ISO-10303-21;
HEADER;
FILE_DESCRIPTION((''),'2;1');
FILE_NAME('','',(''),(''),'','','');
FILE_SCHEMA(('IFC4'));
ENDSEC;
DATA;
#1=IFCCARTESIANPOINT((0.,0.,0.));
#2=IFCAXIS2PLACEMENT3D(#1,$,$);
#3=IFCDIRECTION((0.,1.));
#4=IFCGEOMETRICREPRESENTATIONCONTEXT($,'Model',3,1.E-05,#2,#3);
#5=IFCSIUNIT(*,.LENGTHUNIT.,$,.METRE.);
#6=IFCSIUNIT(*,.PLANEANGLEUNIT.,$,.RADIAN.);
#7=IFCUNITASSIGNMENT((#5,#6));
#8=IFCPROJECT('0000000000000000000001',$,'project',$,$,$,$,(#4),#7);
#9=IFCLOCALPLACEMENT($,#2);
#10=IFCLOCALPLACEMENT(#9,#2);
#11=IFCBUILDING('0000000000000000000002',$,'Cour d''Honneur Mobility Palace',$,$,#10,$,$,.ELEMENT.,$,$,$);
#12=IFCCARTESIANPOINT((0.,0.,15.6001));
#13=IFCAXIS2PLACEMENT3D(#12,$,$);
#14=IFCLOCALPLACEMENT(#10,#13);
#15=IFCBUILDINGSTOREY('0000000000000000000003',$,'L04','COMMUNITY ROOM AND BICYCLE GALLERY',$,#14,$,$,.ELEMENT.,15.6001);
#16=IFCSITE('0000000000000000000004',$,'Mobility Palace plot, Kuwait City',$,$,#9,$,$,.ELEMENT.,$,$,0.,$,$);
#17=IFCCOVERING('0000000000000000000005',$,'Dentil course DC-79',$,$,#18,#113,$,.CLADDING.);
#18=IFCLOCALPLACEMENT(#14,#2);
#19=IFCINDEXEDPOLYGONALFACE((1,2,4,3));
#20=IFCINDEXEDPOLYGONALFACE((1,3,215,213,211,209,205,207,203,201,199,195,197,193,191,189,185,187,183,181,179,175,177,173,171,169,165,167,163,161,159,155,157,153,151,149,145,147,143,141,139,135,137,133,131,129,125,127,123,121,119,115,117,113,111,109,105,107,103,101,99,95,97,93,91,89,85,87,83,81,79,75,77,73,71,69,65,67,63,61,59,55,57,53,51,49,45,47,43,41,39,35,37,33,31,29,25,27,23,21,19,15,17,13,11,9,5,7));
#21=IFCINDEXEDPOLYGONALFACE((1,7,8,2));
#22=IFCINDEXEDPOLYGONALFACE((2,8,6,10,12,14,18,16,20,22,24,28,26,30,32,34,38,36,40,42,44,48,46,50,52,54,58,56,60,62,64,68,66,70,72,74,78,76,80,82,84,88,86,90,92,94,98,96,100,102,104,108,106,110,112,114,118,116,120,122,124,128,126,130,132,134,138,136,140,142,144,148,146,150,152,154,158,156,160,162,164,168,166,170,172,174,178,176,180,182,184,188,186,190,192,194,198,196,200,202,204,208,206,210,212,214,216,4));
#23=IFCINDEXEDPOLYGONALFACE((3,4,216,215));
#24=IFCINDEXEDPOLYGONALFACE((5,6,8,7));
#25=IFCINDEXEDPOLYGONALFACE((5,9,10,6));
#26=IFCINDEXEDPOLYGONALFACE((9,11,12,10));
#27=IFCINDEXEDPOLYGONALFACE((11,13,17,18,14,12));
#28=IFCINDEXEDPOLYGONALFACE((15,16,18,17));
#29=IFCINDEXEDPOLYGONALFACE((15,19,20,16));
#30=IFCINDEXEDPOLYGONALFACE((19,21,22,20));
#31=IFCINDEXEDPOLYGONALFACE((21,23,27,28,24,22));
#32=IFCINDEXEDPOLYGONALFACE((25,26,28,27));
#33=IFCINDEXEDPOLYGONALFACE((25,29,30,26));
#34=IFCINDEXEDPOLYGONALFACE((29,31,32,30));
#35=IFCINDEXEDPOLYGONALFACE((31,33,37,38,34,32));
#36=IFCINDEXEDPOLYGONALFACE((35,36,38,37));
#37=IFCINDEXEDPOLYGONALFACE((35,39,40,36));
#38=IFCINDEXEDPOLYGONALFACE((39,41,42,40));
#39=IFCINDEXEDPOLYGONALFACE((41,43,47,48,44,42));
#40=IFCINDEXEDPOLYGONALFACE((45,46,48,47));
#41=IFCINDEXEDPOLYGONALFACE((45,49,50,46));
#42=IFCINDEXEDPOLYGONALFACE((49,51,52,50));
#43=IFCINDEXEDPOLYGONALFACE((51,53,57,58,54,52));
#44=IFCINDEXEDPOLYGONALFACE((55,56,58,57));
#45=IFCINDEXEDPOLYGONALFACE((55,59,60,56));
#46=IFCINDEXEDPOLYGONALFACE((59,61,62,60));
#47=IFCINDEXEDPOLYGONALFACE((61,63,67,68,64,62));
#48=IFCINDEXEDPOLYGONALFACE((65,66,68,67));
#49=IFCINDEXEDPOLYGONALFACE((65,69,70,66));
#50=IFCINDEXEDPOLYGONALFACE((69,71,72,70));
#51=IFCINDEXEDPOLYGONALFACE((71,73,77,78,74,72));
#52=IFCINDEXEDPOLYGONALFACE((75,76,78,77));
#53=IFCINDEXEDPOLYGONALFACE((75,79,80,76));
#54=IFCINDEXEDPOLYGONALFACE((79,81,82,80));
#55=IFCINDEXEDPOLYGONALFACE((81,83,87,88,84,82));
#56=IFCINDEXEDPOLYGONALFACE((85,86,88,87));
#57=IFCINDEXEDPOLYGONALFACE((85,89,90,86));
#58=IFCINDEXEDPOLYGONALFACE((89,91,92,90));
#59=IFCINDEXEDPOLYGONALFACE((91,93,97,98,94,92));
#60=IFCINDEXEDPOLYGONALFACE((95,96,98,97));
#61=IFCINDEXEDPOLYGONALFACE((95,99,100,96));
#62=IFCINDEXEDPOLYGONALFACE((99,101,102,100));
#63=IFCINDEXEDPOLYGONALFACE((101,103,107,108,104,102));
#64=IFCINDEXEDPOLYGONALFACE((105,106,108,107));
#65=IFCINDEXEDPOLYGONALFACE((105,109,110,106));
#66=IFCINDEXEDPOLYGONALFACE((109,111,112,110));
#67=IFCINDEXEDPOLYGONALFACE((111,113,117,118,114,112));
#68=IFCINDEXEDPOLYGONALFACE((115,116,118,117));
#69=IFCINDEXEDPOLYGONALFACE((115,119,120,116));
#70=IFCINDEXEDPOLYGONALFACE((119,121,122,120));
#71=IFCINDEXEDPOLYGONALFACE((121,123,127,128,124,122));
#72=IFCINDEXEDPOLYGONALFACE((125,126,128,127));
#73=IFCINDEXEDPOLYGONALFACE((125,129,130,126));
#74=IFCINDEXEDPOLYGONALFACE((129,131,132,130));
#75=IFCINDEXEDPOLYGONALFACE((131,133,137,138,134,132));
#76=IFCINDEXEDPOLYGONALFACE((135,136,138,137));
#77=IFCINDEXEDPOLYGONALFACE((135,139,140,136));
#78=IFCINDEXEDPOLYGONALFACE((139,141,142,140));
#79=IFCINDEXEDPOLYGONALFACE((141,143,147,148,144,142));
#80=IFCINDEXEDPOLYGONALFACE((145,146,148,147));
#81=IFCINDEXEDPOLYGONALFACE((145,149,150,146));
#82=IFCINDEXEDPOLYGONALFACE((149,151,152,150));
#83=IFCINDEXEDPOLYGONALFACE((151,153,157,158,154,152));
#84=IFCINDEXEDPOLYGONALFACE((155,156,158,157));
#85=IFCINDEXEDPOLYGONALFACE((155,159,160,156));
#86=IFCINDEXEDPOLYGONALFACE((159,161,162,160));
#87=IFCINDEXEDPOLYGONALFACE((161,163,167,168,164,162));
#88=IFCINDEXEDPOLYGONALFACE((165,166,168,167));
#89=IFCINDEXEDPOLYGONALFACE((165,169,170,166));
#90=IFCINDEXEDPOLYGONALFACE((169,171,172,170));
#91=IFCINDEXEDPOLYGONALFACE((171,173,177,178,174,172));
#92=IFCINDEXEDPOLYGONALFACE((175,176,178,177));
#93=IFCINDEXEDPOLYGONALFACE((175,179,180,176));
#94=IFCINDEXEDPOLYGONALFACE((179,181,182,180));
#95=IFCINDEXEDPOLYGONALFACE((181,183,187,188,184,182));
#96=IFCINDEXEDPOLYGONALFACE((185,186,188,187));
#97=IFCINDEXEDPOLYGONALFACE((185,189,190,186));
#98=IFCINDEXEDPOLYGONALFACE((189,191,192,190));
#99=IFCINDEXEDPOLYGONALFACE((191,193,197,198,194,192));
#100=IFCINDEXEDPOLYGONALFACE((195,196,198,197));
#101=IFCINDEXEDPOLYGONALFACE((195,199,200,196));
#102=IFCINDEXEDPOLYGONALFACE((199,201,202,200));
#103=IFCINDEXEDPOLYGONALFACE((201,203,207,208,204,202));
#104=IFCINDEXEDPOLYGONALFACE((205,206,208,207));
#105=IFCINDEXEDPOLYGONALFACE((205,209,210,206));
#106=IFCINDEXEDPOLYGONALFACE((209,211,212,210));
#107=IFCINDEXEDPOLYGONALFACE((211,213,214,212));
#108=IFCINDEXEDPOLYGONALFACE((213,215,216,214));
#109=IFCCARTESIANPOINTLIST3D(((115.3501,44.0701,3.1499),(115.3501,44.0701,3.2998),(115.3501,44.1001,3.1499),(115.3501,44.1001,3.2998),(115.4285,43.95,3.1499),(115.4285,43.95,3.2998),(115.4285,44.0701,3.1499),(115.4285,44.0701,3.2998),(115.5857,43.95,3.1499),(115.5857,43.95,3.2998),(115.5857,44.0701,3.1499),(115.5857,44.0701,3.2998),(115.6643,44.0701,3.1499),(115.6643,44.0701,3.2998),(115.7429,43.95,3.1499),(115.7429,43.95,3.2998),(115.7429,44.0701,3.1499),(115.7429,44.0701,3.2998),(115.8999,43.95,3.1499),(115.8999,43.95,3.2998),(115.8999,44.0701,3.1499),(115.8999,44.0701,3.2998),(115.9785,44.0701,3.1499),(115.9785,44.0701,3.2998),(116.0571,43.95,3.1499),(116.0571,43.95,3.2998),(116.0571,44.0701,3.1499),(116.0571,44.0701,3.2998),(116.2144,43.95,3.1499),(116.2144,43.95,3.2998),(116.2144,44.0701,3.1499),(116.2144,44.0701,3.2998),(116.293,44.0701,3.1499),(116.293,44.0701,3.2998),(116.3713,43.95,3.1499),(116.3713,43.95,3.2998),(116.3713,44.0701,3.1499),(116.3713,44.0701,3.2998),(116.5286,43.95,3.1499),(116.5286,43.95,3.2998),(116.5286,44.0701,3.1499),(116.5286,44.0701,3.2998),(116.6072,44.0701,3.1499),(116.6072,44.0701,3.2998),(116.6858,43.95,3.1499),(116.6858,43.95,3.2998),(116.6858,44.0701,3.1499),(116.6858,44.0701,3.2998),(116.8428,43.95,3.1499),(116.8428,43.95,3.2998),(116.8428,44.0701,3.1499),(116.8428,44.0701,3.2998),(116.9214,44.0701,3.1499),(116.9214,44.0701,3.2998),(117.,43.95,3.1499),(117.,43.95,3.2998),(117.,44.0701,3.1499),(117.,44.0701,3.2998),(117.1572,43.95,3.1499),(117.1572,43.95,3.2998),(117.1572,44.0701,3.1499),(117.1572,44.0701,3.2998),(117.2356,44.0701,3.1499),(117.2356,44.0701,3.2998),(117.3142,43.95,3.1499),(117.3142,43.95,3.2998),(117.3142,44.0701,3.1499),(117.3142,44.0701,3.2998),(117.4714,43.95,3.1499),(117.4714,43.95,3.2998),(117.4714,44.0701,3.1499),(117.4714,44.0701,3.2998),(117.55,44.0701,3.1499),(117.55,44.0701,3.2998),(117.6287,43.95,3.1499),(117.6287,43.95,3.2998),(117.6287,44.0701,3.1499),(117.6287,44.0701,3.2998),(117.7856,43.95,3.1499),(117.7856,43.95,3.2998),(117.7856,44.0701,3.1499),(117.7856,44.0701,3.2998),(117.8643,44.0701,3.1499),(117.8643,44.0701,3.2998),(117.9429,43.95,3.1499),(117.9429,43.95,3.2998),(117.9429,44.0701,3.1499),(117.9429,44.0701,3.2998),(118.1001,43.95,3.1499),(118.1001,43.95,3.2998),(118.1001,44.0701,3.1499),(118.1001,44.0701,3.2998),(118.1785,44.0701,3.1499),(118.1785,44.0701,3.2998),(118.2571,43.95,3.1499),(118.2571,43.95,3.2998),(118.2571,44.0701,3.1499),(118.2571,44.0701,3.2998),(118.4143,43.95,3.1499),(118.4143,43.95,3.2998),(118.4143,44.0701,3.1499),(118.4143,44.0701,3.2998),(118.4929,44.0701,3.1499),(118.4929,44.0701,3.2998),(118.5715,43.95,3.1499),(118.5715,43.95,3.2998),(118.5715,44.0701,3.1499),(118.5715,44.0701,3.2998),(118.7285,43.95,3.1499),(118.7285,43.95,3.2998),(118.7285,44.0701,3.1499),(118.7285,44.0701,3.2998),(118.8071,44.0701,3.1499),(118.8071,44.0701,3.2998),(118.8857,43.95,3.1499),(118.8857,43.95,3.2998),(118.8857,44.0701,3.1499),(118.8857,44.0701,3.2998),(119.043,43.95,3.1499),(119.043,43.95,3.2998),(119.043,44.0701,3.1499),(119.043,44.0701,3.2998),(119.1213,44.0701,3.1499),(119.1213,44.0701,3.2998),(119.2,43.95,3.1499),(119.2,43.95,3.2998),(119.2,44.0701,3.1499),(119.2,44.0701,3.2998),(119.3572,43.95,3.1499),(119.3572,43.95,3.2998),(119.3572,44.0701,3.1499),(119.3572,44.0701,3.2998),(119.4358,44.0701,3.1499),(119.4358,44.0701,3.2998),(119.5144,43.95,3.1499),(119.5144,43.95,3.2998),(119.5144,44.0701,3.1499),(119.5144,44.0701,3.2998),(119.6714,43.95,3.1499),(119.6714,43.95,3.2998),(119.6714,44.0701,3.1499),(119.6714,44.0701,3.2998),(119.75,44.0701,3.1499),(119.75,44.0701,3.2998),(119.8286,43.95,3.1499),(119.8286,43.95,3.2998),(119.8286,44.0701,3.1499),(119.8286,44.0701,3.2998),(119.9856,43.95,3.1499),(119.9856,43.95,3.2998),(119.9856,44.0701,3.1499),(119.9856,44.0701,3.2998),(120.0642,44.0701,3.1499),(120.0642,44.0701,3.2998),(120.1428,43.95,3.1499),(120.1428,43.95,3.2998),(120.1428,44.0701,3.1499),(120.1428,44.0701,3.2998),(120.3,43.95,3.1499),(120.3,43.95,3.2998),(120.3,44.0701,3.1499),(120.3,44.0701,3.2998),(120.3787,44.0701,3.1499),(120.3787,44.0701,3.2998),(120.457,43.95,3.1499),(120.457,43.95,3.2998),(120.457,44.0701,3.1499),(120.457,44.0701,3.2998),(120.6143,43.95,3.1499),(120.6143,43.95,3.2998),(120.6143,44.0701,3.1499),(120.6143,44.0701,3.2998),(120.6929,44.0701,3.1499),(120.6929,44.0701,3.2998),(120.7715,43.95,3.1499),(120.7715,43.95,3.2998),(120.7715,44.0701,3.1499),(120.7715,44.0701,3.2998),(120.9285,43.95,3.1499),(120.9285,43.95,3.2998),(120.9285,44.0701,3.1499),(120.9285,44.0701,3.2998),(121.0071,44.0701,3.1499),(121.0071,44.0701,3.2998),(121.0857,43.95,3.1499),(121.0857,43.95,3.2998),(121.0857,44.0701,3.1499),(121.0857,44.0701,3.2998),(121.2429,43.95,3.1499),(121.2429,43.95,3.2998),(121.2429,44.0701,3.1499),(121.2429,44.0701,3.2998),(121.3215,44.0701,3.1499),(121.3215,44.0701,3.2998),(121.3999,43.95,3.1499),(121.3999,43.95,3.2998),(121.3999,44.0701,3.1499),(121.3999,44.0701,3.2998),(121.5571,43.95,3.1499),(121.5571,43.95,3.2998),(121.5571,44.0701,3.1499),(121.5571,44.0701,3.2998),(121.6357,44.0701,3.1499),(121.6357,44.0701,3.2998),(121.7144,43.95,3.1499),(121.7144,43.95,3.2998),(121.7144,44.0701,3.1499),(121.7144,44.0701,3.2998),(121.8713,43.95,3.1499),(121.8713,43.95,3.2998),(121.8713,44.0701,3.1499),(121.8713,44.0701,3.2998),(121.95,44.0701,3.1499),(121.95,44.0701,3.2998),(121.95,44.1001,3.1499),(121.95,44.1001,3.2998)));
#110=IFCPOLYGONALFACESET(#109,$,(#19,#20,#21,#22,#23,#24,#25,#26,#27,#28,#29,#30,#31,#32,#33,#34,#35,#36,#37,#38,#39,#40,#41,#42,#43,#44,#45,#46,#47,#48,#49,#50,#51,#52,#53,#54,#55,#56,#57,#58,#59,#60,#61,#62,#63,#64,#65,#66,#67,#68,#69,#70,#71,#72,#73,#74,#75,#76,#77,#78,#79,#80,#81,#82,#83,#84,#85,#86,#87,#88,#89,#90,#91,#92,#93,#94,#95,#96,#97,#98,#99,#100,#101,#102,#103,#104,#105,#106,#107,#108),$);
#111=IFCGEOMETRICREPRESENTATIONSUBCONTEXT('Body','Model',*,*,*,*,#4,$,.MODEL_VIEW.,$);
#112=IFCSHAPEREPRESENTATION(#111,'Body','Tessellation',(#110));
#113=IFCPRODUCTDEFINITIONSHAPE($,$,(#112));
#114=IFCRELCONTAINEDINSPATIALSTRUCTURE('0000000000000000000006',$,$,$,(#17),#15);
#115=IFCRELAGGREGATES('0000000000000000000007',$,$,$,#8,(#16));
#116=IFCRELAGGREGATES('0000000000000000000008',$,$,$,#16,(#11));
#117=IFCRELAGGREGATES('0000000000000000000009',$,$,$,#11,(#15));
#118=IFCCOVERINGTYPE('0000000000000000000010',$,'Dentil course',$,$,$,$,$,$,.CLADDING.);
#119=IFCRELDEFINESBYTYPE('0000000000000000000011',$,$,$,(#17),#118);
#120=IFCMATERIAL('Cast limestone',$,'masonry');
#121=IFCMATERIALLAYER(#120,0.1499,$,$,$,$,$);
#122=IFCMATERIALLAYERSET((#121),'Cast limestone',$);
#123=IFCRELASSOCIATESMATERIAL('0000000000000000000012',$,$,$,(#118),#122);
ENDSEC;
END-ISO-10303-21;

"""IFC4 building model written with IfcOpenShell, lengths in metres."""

from ifc_helpers import new_model, si_unit, direction, frame, origin, place, context, subcontext, project, spatial, polyline, outline, extrude, material, layer, layer_set, type_object, element, save


model = new_model("IFC4")

# Units and contexts
model_context = context("Model", 3, precision=1e-05, world=origin(), true_north=direction((0.0, 1.0)))
body_context = subcontext(model_context, "Body", "Model", "MODEL_VIEW")
ifc_project = project(units=[si_unit("LENGTHUNIT", "METRE"), si_unit("PLANEANGLEUNIT", "RADIAN")], contexts=[model_context])

# Site, building, storey
site_placement = place(None, origin())
site = spatial("IfcSite", under=ifc_project, at=site_placement, Name="Mobility Palace plot, Kuwait City", CompositionType="ELEMENT", RefElevation=0.0)
building_placement = place(site_placement, origin())
building = spatial("IfcBuilding", under=site, at=building_placement, Name="Cour d'Honneur Mobility Palace", CompositionType="ELEMENT")
storey_placement = place(building_placement, frame((0.0, 0.0, 15.6001)))
storey = spatial("IfcBuildingStorey", under=building, at=storey_placement, Name="L04", Description="COMMUNITY ROOM AND BICYCLE GALLERY", CompositionType="ELEMENT", Elevation=15.6001)

# Covering
ifc_material_1 = material(Name="Cast limestone", Category="masonry")
ifc_layer_1 = layer(ifc_material_1, 0.1499)
ifc_layer_set_1 = layer_set([ifc_layer_1], Name="Cast limestone")
covering_type_1 = type_object("IfcCoveringType", Name="Dentil course", PredefinedType="CLADDING", material=ifc_layer_set_1)
covering_1_placement = place(storey_placement, frame((0.0, 0.0, 3.1499)))
element("IfcCovering", 1, at=covering_1_placement, inside=storey, type_object=covering_type_1, Name="Dentil course DC-79", PredefinedType="CLADDING", context=body_context, shape_type="SweptSolid", body=[
    extrude(outline(polyline([(115.3501, 44.1001), (121.95, 44.1001), (121.95, 44.0701), (121.95, 44.0701), (121.8713, 44.0701), (121.8713, 43.95), (121.7144, 43.95), (121.7144, 44.0701), (121.6357, 44.0701), (121.6357, 44.0701), (121.5571, 44.0701), (121.5571, 43.95), (121.3999, 43.95), (121.3999, 44.0701), (121.3215, 44.0701), (121.3215, 44.0701), (121.2429, 44.0701), (121.2429, 43.95), (121.0857, 43.95), (121.0857, 44.0701), (121.0071, 44.0701), (121.0071, 44.0701), (120.9285, 44.0701), (120.9285, 43.95), (120.7715, 43.95), (120.7715, 44.0701), (120.6929, 44.0701), (120.6929, 44.0701), (120.6143, 44.0701), (120.6143, 43.95), (120.457, 43.95), (120.457, 44.0701), (120.3787, 44.0701), (120.3787, 44.0701), (120.3, 44.0701), (120.3, 43.95), (120.1428, 43.95), (120.1428, 44.0701), (120.0642, 44.0701), (120.0642, 44.0701), (119.9856, 44.0701), (119.9856, 43.95), (119.8286, 43.95), (119.8286, 44.0701), (119.75, 44.0701), (119.75, 44.0701), (119.6714, 44.0701), (119.6714, 43.95), (119.5144, 43.95), (119.5144, 44.0701), (119.4358, 44.0701), (119.4358, 44.0701), (119.3572, 44.0701), (119.3572, 43.95), (119.2, 43.95), (119.2, 44.0701), (119.1213, 44.0701), (119.1213, 44.0701), (119.043, 44.0701), (119.043, 43.95), (118.8857, 43.95), (118.8857, 44.0701), (118.8071, 44.0701), (118.8071, 44.0701), (118.7285, 44.0701), (118.7285, 43.95), (118.5715, 43.95), (118.5715, 44.0701), (118.4929, 44.0701), (118.4929, 44.0701), (118.4143, 44.0701), (118.4143, 43.95), (118.2571, 43.95), (118.2571, 44.0701), (118.1785, 44.0701), (118.1785, 44.0701), (118.1001, 44.0701), (118.1001, 43.95), (117.9429, 43.95), (117.9429, 44.0701), (117.8643, 44.0701), (117.8643, 44.0701), (117.7856, 44.0701), (117.7856, 43.95), (117.6287, 43.95), (117.6287, 44.0701), (117.55, 44.0701), (117.55, 44.0701), (117.4714, 44.0701), (117.4714, 43.95), (117.3142, 43.95), (117.3142, 44.0701), (117.2356, 44.0701), (117.2356, 44.0701), (117.1572, 44.0701), (117.1572, 43.95), (117.0, 43.95), (117.0, 44.0701), (116.9214, 44.0701), (116.9214, 44.0701), (116.8428, 44.0701), (116.8428, 43.95), (116.6858, 43.95), (116.6858, 44.0701), (116.6072, 44.0701), (116.6072, 44.0701), (116.5286, 44.0701), (116.5286, 43.95), (116.3713, 43.95), (116.3713, 44.0701), (116.293, 44.0701), (116.293, 44.0701), (116.2144, 44.0701), (116.2144, 43.95), (116.0571, 43.95), (116.0571, 44.0701), (115.9785, 44.0701), (115.9785, 44.0701), (115.8999, 44.0701), (115.8999, 43.95), (115.7429, 43.95), (115.7429, 44.0701), (115.6643, 44.0701), (115.6643, 44.0701), (115.5857, 44.0701), (115.5857, 43.95), (115.4285, 43.95), (115.4285, 44.0701), (115.3501, 44.0701), (115.3501, 44.1001)])), origin(), (0.0, 0.0, 1.0), 0.1499),
])

save(model, "model.ifc")
